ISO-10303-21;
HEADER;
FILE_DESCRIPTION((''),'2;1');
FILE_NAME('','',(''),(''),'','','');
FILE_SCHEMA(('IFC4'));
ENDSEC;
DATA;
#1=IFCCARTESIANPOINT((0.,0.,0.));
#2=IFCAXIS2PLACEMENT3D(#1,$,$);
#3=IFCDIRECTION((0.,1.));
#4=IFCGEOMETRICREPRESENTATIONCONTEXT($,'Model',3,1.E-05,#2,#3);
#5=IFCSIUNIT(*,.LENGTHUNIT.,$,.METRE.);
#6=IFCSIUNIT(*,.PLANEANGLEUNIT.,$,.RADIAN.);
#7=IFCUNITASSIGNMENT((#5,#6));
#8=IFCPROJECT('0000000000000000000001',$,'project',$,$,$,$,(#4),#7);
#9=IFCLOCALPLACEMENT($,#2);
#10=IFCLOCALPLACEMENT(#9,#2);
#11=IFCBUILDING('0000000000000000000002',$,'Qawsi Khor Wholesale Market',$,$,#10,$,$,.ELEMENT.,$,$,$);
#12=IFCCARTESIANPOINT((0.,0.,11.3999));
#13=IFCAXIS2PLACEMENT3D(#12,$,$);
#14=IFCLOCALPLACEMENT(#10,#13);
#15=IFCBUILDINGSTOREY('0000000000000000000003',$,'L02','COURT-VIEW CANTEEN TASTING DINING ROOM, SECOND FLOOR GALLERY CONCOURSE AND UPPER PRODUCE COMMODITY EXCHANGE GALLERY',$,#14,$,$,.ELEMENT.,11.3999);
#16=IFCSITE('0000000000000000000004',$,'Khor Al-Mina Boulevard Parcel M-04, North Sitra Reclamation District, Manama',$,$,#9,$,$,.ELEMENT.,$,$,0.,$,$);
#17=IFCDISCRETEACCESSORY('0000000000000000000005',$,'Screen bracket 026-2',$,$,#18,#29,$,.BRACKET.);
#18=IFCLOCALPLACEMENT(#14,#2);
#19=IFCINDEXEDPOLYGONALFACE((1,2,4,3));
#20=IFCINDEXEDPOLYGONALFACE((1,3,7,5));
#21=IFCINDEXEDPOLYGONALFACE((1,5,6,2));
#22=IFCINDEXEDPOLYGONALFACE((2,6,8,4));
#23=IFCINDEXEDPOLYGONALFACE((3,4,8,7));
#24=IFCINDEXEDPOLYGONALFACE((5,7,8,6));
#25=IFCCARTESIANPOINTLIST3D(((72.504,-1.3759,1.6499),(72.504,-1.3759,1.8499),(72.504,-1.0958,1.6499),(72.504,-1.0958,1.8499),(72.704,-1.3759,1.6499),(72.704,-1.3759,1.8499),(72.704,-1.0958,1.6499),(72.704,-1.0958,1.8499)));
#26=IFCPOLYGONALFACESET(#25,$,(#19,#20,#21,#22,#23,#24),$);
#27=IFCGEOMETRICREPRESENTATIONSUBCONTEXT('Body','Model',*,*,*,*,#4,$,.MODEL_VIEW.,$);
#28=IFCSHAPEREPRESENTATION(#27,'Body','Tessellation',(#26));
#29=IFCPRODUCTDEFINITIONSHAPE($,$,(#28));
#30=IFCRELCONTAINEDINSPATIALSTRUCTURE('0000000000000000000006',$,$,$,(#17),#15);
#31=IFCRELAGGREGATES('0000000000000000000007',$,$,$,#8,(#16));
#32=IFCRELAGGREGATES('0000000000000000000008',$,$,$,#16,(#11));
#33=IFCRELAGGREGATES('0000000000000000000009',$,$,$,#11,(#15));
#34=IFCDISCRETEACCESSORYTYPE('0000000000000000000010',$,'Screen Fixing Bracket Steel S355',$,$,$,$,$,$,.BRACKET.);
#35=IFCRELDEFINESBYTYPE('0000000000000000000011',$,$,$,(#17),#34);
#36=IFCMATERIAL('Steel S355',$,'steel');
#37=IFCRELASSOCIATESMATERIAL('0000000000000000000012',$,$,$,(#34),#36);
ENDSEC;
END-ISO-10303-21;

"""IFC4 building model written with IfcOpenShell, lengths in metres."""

from ifc_helpers import new_model, si_unit, direction, frame, origin, origin_2d, place, context, subcontext, project, spatial, rectangle, extrude, material, type_object, element, save


model = new_model("IFC4")

# Units and contexts
model_context = context("Model", 3, precision=1e-05, world=origin(), true_north=direction((0.0, 1.0)))
body_context = subcontext(model_context, "Body", "Model", "MODEL_VIEW")
ifc_project = project(units=[si_unit("LENGTHUNIT", "METRE"), si_unit("PLANEANGLEUNIT", "RADIAN")], contexts=[model_context])

# Site, building, storey
site_placement = place(None, origin())
site = spatial("IfcSite", under=ifc_project, at=site_placement, Name="Khor Al-Mina Boulevard Parcel M-04, North Sitra Reclamation District, Manama", CompositionType="ELEMENT", RefElevation=0.0)
building_placement = place(site_placement, origin())
building = spatial("IfcBuilding", under=site, at=building_placement, Name="Qawsi Khor Wholesale Market", CompositionType="ELEMENT")
storey_placement = place(building_placement, frame((0.0, 0.0, 11.3999)))
storey = spatial("IfcBuildingStorey", under=building, at=storey_placement, Name="L02", Description="COURT-VIEW CANTEEN TASTING DINING ROOM, SECOND FLOOR GALLERY CONCOURSE AND UPPER PRODUCE COMMODITY EXCHANGE GALLERY", CompositionType="ELEMENT", Elevation=11.3999)

# Shared definitions
ifc_material_1 = material(Name="Steel S355", Category="steel")

# Discrete accessory
discrete_accessory_type = type_object("IfcDiscreteAccessoryType", Name="Screen Fixing Bracket Steel S355", PredefinedType="BRACKET", material=ifc_material_1)
for number, where, z_axis, x_axis, name in (
    (1, (72.604, -1.2358, 1.6499), (0.0, 0.0, 1.0), (1.0, 0.0, 0.0), "Screen bracket 026-2"),
):
    element("IfcDiscreteAccessory", number, at=place(storey_placement, frame(where, z_axis=z_axis, x_axis=x_axis)), inside=storey, type_object=discrete_accessory_type, Name=name, PredefinedType="BRACKET", context=body_context, shape_type="SweptSolid", body=[
        extrude(rectangle(XDim=0.2, YDim=0.28, at=origin_2d()), origin(), (0.0, 0.0, 1.0), 0.2),
    ])

save(model, "model.ifc")
